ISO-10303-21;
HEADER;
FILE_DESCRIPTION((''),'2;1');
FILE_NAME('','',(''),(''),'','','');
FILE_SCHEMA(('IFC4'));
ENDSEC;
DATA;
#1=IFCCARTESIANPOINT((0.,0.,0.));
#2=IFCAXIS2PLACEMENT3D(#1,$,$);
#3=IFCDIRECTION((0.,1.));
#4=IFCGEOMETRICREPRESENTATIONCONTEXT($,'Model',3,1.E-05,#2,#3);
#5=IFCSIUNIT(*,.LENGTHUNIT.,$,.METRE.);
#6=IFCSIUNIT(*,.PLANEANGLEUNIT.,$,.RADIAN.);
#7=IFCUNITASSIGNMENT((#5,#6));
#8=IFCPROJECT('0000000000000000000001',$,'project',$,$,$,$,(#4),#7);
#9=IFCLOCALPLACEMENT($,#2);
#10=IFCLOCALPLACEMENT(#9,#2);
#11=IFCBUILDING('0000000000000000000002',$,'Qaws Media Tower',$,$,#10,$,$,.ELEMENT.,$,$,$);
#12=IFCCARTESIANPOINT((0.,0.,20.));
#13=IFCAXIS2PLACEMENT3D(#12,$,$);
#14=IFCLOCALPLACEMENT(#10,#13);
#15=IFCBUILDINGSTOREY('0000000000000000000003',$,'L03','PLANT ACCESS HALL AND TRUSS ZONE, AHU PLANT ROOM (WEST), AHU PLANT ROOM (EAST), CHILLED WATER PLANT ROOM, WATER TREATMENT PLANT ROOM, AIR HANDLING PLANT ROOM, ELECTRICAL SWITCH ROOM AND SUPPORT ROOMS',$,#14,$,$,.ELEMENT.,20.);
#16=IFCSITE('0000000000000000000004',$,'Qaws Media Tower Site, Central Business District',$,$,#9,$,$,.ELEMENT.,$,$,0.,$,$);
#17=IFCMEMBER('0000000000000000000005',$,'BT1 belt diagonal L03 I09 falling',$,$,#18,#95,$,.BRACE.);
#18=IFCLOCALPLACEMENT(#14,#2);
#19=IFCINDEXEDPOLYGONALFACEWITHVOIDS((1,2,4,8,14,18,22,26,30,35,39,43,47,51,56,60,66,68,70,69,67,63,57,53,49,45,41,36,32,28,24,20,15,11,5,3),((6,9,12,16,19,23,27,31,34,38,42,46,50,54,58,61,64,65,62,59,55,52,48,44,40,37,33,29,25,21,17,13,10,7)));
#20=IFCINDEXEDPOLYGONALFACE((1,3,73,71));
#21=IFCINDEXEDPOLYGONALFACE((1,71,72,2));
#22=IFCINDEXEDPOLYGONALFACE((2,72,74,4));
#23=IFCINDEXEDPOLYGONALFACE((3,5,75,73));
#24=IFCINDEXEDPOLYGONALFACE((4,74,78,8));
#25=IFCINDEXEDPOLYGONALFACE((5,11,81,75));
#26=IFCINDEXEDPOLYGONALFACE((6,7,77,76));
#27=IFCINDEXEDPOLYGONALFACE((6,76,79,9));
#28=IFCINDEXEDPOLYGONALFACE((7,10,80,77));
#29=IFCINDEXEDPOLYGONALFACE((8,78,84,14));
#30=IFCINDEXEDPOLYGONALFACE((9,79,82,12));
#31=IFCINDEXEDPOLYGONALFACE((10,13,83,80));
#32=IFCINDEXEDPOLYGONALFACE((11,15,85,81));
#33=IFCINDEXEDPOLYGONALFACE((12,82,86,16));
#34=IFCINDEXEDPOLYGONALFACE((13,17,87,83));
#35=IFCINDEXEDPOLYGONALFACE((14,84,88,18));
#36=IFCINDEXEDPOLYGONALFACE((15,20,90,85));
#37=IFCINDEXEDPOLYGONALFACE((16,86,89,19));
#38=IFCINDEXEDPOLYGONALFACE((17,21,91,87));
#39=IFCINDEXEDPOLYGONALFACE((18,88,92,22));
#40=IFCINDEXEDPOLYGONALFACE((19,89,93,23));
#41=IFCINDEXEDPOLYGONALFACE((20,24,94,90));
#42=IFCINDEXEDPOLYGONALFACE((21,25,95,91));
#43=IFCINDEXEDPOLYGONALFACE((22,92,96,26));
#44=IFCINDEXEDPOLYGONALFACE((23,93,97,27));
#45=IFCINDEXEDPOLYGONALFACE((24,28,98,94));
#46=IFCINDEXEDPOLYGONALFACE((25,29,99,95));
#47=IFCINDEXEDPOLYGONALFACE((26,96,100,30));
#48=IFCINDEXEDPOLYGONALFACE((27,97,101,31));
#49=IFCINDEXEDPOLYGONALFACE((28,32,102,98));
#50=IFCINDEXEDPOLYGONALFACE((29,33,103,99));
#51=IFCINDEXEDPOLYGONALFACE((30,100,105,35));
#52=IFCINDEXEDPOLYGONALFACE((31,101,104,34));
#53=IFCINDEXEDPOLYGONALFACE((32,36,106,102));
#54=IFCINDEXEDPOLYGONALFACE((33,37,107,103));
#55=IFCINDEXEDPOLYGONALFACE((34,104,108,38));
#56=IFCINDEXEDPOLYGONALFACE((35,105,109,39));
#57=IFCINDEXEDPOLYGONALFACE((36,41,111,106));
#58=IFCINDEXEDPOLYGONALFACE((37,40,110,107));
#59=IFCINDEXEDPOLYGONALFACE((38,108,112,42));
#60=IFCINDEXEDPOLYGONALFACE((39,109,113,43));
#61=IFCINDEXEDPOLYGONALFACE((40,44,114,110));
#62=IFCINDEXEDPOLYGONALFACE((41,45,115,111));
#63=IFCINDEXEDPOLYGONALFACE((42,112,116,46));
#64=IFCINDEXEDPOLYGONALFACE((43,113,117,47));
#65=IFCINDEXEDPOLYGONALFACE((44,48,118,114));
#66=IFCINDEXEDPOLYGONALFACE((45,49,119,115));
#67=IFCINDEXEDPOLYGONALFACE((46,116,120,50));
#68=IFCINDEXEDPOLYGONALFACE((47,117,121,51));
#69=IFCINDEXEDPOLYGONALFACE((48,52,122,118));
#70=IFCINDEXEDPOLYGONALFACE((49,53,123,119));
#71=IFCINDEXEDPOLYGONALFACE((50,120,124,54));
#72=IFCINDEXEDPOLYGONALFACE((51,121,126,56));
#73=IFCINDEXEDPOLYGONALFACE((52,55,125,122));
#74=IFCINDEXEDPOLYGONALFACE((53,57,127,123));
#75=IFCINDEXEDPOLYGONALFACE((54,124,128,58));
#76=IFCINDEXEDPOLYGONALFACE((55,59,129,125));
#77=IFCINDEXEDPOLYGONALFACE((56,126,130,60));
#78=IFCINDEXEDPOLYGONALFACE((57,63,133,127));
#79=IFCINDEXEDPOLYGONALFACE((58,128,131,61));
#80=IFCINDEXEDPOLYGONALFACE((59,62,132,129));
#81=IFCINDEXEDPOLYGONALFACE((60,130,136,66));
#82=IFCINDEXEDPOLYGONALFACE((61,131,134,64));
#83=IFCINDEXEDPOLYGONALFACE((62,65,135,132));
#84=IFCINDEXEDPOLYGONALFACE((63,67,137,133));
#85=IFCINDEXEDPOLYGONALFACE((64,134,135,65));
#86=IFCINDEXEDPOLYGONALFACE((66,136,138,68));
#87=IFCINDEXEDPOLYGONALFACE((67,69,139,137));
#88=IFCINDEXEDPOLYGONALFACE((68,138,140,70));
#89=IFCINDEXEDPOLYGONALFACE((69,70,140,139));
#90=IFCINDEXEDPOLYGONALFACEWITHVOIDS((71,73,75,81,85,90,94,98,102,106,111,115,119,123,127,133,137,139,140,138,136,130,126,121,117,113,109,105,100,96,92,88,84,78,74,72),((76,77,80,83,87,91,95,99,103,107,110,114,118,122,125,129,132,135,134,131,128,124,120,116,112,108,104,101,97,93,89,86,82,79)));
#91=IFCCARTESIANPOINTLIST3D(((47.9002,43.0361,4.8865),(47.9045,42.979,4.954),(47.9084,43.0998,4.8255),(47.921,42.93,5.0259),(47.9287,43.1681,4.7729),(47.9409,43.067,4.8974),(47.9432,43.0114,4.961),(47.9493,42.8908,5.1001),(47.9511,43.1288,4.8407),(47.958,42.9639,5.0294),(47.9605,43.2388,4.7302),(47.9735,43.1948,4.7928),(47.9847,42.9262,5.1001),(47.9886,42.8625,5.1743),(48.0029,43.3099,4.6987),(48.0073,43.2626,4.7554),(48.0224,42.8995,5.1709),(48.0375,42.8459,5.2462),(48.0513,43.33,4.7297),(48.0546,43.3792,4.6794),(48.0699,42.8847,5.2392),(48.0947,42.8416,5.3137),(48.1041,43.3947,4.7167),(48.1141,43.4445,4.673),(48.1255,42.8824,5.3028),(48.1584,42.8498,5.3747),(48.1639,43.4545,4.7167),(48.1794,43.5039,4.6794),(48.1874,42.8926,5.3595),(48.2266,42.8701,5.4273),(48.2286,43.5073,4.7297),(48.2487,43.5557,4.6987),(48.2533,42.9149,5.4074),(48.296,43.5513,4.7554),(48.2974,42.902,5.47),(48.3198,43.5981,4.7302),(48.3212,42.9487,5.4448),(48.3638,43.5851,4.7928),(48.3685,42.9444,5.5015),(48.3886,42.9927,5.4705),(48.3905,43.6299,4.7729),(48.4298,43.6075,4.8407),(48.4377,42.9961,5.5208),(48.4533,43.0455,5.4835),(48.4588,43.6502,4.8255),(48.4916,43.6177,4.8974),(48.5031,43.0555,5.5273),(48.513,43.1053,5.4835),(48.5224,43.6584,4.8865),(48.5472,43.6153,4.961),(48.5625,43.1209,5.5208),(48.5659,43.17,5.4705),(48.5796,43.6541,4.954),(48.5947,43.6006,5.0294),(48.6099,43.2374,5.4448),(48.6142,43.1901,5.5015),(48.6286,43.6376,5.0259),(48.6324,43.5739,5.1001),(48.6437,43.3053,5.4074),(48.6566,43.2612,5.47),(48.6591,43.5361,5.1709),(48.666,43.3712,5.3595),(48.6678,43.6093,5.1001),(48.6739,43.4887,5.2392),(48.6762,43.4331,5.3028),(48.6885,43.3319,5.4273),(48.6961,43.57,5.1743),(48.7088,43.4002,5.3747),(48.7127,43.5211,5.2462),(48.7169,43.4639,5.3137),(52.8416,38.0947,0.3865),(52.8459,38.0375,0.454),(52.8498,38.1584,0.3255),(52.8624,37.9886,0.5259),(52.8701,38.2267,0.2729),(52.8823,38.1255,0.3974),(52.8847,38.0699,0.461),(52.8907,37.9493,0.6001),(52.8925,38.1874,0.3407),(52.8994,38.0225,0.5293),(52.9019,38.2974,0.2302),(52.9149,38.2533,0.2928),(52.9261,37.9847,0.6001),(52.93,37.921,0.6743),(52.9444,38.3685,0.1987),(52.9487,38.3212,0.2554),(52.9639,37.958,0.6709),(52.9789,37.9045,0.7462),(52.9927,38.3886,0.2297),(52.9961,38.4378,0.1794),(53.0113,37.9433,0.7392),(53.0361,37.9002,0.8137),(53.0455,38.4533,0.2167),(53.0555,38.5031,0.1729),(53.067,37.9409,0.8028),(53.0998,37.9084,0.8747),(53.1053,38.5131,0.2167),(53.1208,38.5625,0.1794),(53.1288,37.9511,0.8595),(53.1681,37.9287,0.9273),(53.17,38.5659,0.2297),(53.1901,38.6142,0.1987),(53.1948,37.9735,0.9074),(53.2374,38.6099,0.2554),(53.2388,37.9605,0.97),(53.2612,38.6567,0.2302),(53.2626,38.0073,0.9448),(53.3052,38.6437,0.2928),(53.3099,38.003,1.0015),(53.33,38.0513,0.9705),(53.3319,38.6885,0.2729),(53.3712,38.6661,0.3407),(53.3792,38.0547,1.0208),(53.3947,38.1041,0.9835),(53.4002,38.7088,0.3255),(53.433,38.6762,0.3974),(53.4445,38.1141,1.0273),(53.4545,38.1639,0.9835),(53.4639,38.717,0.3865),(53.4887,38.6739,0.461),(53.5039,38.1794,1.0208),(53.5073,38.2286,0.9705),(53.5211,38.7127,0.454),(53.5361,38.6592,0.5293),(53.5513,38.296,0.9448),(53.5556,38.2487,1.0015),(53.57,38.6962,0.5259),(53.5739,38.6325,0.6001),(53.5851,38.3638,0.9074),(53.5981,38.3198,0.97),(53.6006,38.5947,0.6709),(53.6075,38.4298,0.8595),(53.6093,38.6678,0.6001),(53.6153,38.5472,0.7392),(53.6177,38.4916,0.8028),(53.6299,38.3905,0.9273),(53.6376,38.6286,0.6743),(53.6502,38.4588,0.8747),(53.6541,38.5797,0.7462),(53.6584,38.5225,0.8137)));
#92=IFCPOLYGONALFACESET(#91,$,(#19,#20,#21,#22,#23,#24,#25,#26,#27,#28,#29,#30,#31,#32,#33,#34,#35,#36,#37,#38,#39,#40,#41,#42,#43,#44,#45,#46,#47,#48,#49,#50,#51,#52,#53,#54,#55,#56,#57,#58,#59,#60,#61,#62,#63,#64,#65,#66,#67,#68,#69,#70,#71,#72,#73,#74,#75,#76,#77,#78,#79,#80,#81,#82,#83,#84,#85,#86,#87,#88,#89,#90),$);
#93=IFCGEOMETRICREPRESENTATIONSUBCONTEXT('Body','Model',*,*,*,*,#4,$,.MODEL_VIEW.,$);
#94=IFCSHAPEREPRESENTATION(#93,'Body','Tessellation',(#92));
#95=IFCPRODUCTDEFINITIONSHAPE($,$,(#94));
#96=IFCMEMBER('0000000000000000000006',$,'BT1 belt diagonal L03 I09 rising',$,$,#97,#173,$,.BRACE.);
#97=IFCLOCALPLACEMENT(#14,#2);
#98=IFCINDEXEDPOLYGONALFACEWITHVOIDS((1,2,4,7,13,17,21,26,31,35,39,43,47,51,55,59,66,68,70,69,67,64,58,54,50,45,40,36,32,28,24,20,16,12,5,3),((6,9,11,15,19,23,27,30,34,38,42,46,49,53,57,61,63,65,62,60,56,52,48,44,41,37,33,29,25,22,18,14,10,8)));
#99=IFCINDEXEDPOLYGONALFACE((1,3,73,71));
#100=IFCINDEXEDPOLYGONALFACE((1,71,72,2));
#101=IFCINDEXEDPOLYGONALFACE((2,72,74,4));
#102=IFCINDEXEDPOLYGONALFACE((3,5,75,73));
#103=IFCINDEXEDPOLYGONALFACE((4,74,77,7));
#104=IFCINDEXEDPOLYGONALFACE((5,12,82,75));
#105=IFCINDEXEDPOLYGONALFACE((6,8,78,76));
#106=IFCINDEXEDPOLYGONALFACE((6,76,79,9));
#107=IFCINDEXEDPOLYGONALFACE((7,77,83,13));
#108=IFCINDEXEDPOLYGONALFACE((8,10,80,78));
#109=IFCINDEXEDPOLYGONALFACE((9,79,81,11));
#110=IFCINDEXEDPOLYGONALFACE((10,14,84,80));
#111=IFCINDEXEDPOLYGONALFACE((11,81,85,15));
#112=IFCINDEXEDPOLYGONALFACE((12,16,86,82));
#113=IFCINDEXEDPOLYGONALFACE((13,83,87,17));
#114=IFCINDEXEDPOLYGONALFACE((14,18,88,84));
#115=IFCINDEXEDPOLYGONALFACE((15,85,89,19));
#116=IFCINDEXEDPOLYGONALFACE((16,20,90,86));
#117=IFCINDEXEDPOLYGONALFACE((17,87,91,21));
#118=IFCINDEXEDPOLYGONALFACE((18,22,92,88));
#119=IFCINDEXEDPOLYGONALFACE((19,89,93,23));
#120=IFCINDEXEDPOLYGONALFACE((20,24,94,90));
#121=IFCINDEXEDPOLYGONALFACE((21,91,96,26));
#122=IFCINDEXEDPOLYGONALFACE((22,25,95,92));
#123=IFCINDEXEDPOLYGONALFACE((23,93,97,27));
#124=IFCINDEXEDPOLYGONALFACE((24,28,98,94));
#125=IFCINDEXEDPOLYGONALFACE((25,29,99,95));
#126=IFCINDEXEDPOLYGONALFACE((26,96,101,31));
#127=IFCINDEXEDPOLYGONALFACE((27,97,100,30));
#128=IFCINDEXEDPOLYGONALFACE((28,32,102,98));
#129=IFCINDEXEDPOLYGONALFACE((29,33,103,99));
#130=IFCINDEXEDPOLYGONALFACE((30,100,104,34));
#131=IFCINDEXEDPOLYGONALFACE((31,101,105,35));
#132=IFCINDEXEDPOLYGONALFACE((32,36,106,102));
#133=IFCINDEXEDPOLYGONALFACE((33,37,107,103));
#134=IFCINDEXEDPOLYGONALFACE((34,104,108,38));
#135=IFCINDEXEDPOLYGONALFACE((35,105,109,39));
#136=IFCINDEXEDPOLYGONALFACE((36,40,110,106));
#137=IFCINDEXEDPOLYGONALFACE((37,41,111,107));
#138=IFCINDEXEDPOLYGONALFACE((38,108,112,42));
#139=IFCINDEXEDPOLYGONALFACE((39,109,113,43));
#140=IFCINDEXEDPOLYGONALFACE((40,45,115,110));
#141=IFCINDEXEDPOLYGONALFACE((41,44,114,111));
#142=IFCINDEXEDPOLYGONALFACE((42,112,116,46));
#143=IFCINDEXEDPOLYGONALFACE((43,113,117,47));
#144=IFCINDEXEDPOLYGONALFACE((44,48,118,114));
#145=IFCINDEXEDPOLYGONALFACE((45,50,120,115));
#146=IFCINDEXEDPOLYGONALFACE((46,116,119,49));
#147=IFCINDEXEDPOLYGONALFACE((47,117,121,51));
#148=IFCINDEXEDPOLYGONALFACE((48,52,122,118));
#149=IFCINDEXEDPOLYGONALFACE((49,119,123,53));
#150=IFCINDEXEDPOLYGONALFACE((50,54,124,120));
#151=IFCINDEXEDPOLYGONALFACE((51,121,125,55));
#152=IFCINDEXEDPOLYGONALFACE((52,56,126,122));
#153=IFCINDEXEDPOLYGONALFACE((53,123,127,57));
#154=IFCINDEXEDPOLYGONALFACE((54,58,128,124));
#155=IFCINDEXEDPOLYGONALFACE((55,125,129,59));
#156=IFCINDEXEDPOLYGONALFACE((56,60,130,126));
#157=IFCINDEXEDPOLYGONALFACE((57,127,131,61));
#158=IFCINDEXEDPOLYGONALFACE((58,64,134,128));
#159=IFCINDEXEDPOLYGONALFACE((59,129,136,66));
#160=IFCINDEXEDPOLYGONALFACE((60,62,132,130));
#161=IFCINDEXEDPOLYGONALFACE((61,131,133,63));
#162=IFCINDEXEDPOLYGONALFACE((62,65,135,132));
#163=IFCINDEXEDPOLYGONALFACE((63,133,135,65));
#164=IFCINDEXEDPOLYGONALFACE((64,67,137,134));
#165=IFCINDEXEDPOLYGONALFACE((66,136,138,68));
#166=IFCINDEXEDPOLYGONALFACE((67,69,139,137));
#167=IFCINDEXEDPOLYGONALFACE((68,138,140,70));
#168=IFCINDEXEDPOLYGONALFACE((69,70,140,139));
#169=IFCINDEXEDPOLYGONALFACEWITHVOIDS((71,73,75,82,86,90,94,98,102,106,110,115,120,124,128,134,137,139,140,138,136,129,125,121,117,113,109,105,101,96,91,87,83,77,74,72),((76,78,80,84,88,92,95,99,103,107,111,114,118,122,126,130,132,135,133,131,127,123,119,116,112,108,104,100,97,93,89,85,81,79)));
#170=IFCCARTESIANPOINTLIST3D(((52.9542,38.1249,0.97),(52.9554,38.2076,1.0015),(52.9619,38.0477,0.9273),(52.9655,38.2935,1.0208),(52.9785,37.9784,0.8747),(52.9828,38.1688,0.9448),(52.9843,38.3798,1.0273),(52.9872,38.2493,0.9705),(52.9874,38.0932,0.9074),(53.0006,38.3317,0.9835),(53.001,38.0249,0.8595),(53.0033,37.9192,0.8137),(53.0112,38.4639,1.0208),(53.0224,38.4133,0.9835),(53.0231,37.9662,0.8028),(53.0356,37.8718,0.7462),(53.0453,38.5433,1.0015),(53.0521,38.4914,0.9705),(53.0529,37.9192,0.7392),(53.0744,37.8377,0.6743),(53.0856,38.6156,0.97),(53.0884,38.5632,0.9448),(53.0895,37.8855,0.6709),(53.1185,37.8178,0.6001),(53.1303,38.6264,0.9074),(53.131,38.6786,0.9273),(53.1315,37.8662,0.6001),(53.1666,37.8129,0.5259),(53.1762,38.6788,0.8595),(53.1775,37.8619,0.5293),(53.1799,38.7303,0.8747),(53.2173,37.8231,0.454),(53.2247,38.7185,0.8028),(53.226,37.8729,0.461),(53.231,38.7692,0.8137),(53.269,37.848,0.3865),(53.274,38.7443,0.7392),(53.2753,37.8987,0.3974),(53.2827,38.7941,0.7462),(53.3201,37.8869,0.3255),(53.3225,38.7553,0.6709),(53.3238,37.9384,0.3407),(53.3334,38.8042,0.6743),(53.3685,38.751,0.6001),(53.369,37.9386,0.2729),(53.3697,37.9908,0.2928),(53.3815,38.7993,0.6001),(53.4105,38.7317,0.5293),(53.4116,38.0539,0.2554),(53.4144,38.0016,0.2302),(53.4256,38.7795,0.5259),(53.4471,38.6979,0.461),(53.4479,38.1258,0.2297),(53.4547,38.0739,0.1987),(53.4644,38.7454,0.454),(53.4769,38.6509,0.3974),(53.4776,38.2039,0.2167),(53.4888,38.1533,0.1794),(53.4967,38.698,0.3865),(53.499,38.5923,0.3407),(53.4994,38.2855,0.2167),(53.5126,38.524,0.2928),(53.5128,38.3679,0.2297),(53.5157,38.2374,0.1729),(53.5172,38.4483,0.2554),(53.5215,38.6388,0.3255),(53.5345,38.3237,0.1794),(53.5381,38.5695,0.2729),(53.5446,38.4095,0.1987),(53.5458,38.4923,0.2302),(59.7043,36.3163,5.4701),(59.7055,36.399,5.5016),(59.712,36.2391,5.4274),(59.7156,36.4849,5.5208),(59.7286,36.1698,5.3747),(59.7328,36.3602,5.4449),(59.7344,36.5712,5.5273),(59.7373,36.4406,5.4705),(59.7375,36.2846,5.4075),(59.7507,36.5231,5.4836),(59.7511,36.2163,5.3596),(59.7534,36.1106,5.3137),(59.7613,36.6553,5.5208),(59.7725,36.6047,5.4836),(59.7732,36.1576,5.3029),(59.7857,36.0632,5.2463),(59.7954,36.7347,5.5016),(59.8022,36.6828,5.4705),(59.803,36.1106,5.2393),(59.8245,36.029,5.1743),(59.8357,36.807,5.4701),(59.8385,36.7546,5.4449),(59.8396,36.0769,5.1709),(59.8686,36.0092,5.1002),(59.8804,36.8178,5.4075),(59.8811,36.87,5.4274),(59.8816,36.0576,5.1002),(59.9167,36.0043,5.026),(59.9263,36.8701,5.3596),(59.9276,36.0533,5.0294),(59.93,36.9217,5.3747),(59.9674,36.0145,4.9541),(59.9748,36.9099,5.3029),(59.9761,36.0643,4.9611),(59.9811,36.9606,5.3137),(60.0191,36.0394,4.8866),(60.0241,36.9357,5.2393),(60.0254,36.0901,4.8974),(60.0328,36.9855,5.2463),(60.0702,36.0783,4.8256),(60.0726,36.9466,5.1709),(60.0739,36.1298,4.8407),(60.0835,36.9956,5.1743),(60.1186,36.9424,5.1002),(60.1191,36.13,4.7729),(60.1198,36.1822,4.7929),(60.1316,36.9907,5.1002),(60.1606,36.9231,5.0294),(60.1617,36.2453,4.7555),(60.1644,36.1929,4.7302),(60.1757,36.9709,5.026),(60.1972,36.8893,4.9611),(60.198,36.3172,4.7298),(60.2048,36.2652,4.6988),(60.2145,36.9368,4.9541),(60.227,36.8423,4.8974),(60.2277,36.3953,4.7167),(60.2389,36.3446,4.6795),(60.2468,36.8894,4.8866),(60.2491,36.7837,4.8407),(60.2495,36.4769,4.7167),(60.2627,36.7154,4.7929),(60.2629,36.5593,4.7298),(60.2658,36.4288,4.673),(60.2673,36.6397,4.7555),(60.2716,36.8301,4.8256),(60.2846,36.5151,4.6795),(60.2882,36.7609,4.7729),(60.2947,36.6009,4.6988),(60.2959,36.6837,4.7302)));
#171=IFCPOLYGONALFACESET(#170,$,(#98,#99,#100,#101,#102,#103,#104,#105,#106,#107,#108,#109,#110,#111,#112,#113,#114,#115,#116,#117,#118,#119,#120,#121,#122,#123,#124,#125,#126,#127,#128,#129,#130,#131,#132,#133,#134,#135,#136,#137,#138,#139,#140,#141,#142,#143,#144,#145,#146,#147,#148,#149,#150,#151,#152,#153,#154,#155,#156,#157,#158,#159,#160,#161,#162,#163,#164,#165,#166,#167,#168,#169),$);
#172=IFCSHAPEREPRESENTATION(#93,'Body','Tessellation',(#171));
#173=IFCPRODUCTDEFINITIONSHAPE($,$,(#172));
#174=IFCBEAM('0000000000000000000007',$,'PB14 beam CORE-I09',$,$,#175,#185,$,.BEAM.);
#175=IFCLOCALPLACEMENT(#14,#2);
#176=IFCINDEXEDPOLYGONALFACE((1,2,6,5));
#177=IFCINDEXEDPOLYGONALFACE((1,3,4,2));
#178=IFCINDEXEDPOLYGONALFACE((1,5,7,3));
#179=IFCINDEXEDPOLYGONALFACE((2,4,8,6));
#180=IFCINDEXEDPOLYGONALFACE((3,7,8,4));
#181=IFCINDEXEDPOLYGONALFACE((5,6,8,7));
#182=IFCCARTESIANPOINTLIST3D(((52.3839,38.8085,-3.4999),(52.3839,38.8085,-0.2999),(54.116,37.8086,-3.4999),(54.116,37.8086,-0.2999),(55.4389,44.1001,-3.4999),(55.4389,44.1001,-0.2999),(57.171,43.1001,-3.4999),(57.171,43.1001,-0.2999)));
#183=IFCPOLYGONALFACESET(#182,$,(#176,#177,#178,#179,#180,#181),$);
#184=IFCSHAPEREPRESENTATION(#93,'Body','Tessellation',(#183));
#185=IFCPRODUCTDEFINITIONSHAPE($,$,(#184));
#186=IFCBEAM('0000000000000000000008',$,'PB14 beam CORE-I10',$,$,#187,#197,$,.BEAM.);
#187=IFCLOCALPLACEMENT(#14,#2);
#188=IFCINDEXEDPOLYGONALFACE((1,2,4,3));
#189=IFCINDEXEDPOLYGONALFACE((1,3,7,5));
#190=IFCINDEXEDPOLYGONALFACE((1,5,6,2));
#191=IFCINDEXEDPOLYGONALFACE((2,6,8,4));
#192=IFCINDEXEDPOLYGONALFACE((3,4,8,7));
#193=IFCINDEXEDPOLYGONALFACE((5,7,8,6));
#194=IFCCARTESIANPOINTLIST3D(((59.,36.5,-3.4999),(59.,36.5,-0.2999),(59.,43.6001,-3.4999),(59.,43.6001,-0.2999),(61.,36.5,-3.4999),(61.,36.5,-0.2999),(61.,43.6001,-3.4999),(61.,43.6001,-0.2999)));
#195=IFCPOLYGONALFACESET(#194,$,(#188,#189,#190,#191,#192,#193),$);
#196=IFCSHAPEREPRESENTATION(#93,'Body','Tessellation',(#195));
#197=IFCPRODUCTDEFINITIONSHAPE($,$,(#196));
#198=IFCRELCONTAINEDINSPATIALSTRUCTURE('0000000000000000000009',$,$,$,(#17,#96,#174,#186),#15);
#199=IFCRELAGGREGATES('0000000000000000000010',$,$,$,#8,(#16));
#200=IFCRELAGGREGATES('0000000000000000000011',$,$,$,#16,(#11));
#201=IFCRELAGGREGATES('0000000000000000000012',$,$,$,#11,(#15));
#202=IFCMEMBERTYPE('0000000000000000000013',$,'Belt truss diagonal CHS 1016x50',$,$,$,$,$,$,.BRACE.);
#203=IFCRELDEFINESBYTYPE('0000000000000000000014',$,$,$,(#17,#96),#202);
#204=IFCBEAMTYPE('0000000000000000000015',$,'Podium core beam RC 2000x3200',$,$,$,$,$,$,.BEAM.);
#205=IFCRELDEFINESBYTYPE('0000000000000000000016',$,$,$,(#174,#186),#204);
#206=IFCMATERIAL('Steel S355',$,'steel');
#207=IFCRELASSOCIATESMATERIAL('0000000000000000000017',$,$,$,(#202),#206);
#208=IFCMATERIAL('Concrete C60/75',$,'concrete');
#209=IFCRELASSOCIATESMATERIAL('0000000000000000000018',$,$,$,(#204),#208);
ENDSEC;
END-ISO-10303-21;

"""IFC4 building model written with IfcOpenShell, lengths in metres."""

from ifc_helpers import new_model, si_unit, direction, frame, origin, origin_2d, place, context, subcontext, project, spatial, rectangle, hollow_circle, extrude, material, material_profile, profile_set, type_object, element, save


model = new_model("IFC4")

# Units and contexts
model_context = context("Model", 3, precision=1e-05, world=origin(), true_north=direction((0.0, 1.0)))
body_context = subcontext(model_context, "Body", "Model", "MODEL_VIEW")
ifc_project = project(units=[si_unit("LENGTHUNIT", "METRE"), si_unit("PLANEANGLEUNIT", "RADIAN")], contexts=[model_context])

# Site, building, storey
site_placement = place(None, origin())
site = spatial("IfcSite", under=ifc_project, at=site_placement, Name="Qaws Media Tower Site, Central Business District", CompositionType="ELEMENT", RefElevation=0.0)
building_placement = place(site_placement, origin())
building = spatial("IfcBuilding", under=site, at=building_placement, Name="Qaws Media Tower", CompositionType="ELEMENT")
storey_placement = place(building_placement, frame((0.0, 0.0, 20.0)))
storey = spatial("IfcBuildingStorey", under=building, at=storey_placement, Name="L03", Description="PLANT ACCESS HALL AND TRUSS ZONE, AHU PLANT ROOM (WEST), AHU PLANT ROOM (EAST), CHILLED WATER PLANT ROOM, WATER TREATMENT PLANT ROOM, AIR HANDLING PLANT ROOM, ELECTRICAL SWITCH ROOM AND SUPPORT ROOMS", CompositionType="ELEMENT", Elevation=20.0)

# Members
ifc_material_1 = material(Name="Steel S355", Category="steel")
ifc_material_profile_1 = material_profile(ifc_material_1, hollow_circle(Radius=0.5081, WallThickness=0.05, at=origin_2d()), Name="CHS 1016x50")
ifc_profile_set_1 = profile_set([ifc_material_profile_1], Name="Steel S355")
member_type = type_object("IfcMemberType", Name="Belt truss diagonal CHS 1016x50", PredefinedType="BRACE", material=ifc_profile_set_1)
for number, where, z_axis, x_axis, name in (
    (1, (53.25, 38.3086, 0.6001), (-0.594509, 0.594509, 0.541403), (-0.707107, -0.707107, 0.0), "BT1 belt diagonal L03 I09 falling"),
    (2, (53.25, 38.3086, 0.6001), (0.812113, -0.217597, 0.541409), (0.258811, 0.965928, 0.0), "BT1 belt diagonal L03 I09 rising"),
):
    element("IfcMember", number, at=place(storey_placement, frame(where, z_axis=z_axis, x_axis=x_axis)), inside=storey, type_object=member_type, Name=name, PredefinedType="BRACE", context=body_context, shape_type="SweptSolid", body=[
        extrude(hollow_circle(Radius=0.5081, WallThickness=0.05, at=origin_2d()), origin(), (0.0, 0.0, 1.0), 8.3118),
    ])

# Beams
ifc_material_2 = material(Name="Concrete C60/75", Category="concrete")
ifc_material_profile_2 = material_profile(ifc_material_2, rectangle(XDim=2.0, YDim=3.2, at=origin_2d()), Name="RC 2000x3200")
ifc_profile_set_2 = profile_set([ifc_material_profile_2], Name="Concrete C60/75")
beam_type_1 = type_object("IfcBeamType", Name="Podium core beam RC 2000x3200", PredefinedType="BEAM", material=ifc_profile_set_2)
beam_1_placement = place(storey_placement, frame((56.3049, 43.6001, -1.8999), z_axis=(-0.499985, -0.866034, 0.0), x_axis=(0.866034, -0.499985, 0.0)))
element("IfcBeam", 3, at=beam_1_placement, inside=storey, type_object=beam_type_1, Name="PB14 beam CORE-I09", PredefinedType="BEAM", context=body_context, shape_type="SweptSolid", body=[
    extrude(rectangle(XDim=2.0, YDim=3.2, at=origin_2d()), origin(), (0.0, 0.0, 1.0), 6.1101),
])
beam_2_placement = place(storey_placement, frame((60.0, 43.6001, -1.8999), z_axis=(0.0, -1.0, 0.0), x_axis=(1.0, 0.0, 0.0)))
element("IfcBeam", 4, at=beam_2_placement, inside=storey, type_object=beam_type_1, Name="PB14 beam CORE-I10", PredefinedType="BEAM", context=body_context, shape_type="SweptSolid", body=[
    extrude(rectangle(XDim=2.0, YDim=3.2, at=origin_2d()), origin(), (0.0, 0.0, 1.0), 7.1001),
])

save(model, "model.ifc")
